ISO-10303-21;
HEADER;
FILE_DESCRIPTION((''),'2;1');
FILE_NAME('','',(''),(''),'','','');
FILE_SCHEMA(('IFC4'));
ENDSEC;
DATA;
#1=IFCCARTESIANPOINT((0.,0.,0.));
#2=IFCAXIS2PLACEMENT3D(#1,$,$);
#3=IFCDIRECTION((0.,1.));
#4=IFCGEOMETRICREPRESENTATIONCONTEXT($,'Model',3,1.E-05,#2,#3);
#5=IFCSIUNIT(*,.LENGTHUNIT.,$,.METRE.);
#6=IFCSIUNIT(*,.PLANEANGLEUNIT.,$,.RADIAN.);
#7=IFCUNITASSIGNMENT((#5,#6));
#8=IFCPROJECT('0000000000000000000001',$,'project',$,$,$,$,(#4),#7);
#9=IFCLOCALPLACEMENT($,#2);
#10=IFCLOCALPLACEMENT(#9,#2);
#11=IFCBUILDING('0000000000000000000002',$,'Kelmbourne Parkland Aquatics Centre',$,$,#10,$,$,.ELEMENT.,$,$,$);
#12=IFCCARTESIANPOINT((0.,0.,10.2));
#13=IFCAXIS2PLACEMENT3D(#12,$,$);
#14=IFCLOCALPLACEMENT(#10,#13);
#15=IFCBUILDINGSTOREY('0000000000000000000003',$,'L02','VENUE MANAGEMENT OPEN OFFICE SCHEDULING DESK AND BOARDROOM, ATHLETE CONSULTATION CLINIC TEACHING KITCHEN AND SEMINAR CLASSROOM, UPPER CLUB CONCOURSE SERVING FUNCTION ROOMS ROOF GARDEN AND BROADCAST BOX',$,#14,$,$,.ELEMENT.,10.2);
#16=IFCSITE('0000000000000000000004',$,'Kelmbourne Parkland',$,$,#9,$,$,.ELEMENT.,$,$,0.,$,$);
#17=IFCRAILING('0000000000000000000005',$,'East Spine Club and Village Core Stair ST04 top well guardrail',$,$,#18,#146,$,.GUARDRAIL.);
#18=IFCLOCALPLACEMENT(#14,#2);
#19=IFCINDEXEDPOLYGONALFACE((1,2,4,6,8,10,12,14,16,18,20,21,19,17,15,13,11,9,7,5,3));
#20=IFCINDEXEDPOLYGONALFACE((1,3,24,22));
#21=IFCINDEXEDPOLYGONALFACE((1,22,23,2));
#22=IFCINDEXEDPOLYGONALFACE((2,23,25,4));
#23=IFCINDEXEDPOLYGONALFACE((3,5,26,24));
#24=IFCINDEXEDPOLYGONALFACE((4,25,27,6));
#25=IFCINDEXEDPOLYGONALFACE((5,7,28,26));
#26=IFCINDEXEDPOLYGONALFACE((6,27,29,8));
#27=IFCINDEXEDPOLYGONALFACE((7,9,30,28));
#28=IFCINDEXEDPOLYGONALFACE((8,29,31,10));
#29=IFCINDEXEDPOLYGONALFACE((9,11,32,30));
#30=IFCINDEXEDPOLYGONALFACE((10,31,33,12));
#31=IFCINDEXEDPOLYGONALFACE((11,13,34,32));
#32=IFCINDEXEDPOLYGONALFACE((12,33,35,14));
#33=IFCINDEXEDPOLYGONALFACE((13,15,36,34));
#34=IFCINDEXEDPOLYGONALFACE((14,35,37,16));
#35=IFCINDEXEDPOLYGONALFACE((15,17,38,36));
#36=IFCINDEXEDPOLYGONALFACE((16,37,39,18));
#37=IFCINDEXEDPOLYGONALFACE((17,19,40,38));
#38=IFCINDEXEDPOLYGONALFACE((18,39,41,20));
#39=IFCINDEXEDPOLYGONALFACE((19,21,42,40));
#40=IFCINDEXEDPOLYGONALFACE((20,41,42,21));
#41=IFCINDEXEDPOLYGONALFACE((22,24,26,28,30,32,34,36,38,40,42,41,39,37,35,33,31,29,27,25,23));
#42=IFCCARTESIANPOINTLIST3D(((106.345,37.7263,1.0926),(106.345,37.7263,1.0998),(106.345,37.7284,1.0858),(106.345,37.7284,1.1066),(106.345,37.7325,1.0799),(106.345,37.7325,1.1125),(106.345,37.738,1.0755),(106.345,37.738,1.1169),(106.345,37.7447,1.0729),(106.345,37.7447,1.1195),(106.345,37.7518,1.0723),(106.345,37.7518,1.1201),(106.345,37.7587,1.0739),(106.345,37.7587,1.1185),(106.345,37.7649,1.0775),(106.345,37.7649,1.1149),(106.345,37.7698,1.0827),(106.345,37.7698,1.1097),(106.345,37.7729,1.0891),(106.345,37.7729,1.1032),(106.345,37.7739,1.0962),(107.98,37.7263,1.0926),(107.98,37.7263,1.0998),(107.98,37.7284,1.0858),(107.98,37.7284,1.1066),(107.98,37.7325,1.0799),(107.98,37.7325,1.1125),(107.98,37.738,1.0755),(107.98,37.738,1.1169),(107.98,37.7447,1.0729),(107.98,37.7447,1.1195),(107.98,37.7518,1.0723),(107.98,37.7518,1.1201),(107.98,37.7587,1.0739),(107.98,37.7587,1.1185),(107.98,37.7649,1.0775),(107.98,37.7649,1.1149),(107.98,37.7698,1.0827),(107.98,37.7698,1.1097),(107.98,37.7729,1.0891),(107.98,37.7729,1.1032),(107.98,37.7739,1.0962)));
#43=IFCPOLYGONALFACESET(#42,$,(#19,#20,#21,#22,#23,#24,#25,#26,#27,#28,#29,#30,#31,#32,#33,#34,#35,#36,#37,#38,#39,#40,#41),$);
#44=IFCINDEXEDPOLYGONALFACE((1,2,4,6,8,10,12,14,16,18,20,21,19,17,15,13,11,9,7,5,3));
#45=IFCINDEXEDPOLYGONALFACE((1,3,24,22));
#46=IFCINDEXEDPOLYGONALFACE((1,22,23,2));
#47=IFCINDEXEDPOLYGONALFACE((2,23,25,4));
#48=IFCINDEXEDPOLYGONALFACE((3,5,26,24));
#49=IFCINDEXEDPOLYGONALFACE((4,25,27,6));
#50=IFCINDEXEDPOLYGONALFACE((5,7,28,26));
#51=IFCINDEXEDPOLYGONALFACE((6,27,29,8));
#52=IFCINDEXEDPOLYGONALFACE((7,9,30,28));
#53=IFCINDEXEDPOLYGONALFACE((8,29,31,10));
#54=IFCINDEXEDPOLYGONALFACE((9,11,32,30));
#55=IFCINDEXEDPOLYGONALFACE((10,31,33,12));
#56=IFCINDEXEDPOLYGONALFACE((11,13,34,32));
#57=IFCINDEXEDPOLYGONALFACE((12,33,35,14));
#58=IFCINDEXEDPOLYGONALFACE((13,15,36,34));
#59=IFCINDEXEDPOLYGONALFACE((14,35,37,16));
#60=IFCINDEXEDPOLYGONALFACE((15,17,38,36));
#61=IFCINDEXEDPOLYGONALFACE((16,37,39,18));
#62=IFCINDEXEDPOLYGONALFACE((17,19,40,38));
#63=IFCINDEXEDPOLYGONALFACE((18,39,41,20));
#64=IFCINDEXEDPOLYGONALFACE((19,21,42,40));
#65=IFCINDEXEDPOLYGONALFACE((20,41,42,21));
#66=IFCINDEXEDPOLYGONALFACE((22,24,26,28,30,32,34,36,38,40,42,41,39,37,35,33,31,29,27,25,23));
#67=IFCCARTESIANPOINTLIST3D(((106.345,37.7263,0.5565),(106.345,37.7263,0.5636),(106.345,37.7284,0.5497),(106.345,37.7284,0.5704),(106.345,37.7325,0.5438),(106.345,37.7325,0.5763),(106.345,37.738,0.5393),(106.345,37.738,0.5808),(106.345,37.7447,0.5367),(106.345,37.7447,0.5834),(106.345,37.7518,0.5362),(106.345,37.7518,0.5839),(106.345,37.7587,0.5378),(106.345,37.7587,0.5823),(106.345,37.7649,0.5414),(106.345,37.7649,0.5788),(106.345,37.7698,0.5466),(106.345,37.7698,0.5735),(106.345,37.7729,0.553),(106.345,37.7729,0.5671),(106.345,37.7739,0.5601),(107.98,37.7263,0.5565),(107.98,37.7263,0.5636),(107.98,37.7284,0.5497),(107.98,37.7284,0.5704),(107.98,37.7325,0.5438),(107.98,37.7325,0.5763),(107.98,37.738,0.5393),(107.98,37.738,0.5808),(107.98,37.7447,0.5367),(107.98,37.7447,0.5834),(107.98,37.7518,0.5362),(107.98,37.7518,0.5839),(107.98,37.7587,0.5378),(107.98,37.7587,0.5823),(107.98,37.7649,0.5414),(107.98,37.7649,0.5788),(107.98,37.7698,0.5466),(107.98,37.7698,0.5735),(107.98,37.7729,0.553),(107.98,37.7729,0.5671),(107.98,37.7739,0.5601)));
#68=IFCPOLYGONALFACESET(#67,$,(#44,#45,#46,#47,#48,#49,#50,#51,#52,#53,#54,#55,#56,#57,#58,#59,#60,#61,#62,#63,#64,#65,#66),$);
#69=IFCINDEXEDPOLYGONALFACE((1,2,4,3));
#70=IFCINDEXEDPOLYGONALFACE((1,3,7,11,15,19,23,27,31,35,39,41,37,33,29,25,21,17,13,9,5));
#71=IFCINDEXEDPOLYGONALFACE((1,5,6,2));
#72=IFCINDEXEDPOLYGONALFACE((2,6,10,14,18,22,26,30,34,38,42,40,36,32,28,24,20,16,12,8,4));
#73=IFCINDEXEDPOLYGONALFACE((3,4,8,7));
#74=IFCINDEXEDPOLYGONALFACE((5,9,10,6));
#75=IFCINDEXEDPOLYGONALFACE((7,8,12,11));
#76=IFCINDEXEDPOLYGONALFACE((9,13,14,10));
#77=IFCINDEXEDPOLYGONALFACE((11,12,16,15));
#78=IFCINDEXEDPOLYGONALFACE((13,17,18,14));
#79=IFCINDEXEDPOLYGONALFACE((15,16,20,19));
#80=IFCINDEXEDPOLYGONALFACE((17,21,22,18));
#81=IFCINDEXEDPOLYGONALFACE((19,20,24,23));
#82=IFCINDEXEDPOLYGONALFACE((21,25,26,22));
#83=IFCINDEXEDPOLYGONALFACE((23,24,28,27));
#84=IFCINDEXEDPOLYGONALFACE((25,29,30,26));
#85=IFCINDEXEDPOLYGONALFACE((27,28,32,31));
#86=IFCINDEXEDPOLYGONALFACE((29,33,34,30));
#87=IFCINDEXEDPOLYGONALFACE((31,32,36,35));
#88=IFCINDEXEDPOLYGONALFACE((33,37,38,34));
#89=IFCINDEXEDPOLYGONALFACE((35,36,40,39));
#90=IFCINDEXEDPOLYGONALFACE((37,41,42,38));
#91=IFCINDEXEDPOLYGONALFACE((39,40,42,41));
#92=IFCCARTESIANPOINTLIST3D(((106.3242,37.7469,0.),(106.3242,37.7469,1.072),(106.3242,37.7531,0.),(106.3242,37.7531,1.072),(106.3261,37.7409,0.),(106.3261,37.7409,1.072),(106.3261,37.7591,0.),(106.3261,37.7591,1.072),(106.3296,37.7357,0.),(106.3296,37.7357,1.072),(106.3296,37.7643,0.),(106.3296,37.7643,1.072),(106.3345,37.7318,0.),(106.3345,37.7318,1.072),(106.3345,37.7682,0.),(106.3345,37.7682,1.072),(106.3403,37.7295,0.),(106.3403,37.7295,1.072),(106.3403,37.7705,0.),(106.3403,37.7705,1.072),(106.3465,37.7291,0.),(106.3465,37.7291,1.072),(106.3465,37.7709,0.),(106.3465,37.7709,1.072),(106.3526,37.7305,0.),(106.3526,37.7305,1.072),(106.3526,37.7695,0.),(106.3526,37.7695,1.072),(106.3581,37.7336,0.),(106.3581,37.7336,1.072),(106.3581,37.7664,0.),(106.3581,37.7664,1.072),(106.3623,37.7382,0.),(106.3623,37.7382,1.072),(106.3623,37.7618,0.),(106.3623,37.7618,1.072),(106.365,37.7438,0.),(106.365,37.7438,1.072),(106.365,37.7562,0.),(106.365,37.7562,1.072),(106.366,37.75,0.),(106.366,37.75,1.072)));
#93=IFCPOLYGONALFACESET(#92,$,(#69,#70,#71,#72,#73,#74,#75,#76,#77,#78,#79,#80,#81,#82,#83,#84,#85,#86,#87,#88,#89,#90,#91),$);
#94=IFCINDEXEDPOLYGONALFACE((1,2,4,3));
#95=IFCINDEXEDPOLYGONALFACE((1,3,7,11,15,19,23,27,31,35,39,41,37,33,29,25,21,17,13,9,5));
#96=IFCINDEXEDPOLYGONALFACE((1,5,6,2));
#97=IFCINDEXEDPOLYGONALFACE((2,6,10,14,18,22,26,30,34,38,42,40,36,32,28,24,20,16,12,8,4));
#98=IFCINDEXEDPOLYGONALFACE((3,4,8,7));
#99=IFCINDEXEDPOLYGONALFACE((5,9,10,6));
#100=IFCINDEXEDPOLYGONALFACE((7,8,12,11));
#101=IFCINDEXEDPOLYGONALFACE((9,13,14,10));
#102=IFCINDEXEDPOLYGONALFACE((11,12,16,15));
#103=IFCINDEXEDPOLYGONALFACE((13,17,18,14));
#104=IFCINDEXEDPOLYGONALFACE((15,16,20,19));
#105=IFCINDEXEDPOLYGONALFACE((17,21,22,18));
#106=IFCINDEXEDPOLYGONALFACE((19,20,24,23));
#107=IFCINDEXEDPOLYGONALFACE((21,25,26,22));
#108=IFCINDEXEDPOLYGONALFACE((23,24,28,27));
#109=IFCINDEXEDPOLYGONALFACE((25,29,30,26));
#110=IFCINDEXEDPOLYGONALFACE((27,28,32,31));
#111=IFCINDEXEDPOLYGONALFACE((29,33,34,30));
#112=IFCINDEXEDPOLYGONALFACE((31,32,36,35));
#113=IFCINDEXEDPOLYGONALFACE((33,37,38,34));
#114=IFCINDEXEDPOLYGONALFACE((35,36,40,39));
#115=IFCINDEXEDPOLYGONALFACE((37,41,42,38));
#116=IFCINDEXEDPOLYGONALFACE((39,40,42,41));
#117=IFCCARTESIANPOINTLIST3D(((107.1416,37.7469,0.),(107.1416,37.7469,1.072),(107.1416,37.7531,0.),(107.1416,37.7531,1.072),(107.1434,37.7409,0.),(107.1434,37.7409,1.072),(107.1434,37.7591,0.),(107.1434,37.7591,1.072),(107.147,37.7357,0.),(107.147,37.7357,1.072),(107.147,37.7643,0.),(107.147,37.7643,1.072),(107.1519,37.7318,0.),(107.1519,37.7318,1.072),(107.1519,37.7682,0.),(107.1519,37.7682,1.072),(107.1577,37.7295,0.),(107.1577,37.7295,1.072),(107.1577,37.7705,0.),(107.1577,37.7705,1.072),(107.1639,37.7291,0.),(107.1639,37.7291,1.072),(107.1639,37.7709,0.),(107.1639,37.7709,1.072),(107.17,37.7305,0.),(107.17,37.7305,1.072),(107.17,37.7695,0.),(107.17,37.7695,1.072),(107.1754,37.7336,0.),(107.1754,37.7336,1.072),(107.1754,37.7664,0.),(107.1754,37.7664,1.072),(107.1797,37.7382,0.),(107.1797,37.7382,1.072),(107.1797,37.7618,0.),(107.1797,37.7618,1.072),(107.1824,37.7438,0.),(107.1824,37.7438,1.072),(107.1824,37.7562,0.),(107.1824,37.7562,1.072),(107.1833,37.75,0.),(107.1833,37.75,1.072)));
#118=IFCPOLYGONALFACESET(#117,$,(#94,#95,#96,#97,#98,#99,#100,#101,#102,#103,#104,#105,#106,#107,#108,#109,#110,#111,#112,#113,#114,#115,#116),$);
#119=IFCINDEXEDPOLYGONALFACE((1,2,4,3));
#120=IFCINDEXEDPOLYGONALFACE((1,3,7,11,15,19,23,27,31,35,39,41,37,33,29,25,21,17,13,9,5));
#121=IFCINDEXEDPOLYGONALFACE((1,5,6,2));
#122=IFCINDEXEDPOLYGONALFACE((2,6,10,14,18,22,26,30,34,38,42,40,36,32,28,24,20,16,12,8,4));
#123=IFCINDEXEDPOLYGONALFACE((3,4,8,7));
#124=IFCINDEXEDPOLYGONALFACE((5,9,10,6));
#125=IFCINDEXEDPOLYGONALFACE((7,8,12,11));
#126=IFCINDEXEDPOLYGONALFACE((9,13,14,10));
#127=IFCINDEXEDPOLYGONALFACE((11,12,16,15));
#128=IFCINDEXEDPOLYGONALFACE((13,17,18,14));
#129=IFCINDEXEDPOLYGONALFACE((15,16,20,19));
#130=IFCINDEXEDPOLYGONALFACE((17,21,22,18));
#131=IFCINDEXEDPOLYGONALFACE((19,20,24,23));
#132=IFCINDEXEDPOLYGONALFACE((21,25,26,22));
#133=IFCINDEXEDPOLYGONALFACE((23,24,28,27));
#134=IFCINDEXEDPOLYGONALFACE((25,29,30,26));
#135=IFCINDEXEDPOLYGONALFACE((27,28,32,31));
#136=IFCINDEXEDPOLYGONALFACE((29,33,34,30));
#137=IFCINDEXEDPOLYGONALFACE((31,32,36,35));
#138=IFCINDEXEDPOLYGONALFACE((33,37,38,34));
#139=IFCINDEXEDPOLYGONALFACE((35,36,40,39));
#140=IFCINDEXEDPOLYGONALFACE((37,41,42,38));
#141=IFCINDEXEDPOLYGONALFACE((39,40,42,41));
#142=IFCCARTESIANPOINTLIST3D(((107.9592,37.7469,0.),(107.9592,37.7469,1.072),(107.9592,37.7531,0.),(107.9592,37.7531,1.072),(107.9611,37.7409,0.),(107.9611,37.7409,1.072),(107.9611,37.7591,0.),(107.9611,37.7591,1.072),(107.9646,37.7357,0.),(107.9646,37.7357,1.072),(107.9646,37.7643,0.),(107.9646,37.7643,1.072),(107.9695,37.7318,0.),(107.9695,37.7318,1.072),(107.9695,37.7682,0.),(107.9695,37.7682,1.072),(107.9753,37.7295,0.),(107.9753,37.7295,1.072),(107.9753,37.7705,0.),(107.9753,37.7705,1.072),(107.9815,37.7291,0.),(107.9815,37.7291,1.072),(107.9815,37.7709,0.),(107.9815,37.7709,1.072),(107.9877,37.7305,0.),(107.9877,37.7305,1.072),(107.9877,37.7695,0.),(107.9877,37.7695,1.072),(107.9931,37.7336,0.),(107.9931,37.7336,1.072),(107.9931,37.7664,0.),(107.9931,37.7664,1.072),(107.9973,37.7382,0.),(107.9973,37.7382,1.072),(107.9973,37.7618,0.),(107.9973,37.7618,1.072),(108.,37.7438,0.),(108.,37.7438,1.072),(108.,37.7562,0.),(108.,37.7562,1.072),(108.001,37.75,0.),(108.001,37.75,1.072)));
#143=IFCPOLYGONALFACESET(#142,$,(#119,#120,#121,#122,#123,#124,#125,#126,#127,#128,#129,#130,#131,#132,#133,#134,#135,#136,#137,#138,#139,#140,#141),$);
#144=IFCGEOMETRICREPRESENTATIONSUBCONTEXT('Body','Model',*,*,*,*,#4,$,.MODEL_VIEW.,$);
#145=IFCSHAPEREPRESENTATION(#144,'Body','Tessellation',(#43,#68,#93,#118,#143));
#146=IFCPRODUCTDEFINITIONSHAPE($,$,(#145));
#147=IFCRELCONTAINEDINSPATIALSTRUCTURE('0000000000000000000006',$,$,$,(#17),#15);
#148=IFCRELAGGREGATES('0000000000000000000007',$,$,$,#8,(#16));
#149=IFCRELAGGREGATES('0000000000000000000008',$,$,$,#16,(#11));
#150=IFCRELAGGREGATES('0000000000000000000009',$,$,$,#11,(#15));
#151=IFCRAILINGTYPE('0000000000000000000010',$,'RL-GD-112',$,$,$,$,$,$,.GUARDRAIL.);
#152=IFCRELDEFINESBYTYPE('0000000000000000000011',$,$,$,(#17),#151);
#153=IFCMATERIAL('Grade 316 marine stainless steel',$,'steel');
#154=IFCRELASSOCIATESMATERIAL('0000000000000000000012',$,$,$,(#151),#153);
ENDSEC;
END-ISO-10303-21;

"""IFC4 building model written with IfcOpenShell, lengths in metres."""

from ifc_helpers import new_model, si_unit, direction, frame, origin, origin_2d, place, context, subcontext, project, spatial, circle, extrude, material, type_object, element, save


model = new_model("IFC4")

# Units and contexts
model_context = context("Model", 3, precision=1e-05, world=origin(), true_north=direction((0.0, 1.0)))
body_context = subcontext(model_context, "Body", "Model", "MODEL_VIEW")
ifc_project = project(units=[si_unit("LENGTHUNIT", "METRE"), si_unit("PLANEANGLEUNIT", "RADIAN")], contexts=[model_context])

# Site, building, storey
site_placement = place(None, origin())
site = spatial("IfcSite", under=ifc_project, at=site_placement, Name="Kelmbourne Parkland", CompositionType="ELEMENT", RefElevation=0.0)
building_placement = place(site_placement, origin())
building = spatial("IfcBuilding", under=site, at=building_placement, Name="Kelmbourne Parkland Aquatics Centre", CompositionType="ELEMENT")
storey_placement = place(building_placement, frame((0.0, 0.0, 10.2)))
storey = spatial("IfcBuildingStorey", under=building, at=storey_placement, Name="L02", Description="VENUE MANAGEMENT OPEN OFFICE SCHEDULING DESK AND BOARDROOM, ATHLETE CONSULTATION CLINIC TEACHING KITCHEN AND SEMINAR CLASSROOM, UPPER CLUB CONCOURSE SERVING FUNCTION ROOMS ROOF GARDEN AND BROADCAST BOX", CompositionType="ELEMENT", Elevation=10.2)

# Railing
ifc_material_1 = material(Name="Grade 316 marine stainless steel", Category="steel")
railing_type = type_object("IfcRailingType", Name="RL-GD-112", PredefinedType="GUARDRAIL", material=ifc_material_1)
railing_placement = place(storey_placement, frame((106.345, 37.75, 0.0)))
element("IfcRailing", 1, at=railing_placement, inside=storey, type_object=railing_type, Name="East Spine Club and Village Core Stair ST04 top well guardrail", PredefinedType="GUARDRAIL", context=body_context, shape_type="SweptSolid", body=[
    extrude(circle(Radius=0.0239, at=origin_2d()), frame((0.0, 0.0, 1.0962), z_axis=(1.0, 0.0, 0.0), x_axis=(0.0, 1.0, 0.0)), (0.0, 0.0, 1.0), 1.635),
    extrude(circle(Radius=0.0239, at=origin_2d()), frame((0.0, 0.0, 0.5601), z_axis=(1.0, 0.0, 0.0), x_axis=(0.0, 1.0, 0.0)), (0.0, 0.0, 1.0), 1.635),
    extrude(circle(Radius=0.021, at=origin_2d()), origin(), (0.0, 0.0, 1.0), 1.072),
    extrude(circle(Radius=0.021, at=origin_2d()), frame((0.8174, 0.0, 0.0)), (0.0, 0.0, 1.0), 1.072),
    extrude(circle(Radius=0.021, at=origin_2d()), frame((1.635, 0.0, 0.0)), (0.0, 0.0, 1.0), 1.072),
])

save(model, "model.ifc")
